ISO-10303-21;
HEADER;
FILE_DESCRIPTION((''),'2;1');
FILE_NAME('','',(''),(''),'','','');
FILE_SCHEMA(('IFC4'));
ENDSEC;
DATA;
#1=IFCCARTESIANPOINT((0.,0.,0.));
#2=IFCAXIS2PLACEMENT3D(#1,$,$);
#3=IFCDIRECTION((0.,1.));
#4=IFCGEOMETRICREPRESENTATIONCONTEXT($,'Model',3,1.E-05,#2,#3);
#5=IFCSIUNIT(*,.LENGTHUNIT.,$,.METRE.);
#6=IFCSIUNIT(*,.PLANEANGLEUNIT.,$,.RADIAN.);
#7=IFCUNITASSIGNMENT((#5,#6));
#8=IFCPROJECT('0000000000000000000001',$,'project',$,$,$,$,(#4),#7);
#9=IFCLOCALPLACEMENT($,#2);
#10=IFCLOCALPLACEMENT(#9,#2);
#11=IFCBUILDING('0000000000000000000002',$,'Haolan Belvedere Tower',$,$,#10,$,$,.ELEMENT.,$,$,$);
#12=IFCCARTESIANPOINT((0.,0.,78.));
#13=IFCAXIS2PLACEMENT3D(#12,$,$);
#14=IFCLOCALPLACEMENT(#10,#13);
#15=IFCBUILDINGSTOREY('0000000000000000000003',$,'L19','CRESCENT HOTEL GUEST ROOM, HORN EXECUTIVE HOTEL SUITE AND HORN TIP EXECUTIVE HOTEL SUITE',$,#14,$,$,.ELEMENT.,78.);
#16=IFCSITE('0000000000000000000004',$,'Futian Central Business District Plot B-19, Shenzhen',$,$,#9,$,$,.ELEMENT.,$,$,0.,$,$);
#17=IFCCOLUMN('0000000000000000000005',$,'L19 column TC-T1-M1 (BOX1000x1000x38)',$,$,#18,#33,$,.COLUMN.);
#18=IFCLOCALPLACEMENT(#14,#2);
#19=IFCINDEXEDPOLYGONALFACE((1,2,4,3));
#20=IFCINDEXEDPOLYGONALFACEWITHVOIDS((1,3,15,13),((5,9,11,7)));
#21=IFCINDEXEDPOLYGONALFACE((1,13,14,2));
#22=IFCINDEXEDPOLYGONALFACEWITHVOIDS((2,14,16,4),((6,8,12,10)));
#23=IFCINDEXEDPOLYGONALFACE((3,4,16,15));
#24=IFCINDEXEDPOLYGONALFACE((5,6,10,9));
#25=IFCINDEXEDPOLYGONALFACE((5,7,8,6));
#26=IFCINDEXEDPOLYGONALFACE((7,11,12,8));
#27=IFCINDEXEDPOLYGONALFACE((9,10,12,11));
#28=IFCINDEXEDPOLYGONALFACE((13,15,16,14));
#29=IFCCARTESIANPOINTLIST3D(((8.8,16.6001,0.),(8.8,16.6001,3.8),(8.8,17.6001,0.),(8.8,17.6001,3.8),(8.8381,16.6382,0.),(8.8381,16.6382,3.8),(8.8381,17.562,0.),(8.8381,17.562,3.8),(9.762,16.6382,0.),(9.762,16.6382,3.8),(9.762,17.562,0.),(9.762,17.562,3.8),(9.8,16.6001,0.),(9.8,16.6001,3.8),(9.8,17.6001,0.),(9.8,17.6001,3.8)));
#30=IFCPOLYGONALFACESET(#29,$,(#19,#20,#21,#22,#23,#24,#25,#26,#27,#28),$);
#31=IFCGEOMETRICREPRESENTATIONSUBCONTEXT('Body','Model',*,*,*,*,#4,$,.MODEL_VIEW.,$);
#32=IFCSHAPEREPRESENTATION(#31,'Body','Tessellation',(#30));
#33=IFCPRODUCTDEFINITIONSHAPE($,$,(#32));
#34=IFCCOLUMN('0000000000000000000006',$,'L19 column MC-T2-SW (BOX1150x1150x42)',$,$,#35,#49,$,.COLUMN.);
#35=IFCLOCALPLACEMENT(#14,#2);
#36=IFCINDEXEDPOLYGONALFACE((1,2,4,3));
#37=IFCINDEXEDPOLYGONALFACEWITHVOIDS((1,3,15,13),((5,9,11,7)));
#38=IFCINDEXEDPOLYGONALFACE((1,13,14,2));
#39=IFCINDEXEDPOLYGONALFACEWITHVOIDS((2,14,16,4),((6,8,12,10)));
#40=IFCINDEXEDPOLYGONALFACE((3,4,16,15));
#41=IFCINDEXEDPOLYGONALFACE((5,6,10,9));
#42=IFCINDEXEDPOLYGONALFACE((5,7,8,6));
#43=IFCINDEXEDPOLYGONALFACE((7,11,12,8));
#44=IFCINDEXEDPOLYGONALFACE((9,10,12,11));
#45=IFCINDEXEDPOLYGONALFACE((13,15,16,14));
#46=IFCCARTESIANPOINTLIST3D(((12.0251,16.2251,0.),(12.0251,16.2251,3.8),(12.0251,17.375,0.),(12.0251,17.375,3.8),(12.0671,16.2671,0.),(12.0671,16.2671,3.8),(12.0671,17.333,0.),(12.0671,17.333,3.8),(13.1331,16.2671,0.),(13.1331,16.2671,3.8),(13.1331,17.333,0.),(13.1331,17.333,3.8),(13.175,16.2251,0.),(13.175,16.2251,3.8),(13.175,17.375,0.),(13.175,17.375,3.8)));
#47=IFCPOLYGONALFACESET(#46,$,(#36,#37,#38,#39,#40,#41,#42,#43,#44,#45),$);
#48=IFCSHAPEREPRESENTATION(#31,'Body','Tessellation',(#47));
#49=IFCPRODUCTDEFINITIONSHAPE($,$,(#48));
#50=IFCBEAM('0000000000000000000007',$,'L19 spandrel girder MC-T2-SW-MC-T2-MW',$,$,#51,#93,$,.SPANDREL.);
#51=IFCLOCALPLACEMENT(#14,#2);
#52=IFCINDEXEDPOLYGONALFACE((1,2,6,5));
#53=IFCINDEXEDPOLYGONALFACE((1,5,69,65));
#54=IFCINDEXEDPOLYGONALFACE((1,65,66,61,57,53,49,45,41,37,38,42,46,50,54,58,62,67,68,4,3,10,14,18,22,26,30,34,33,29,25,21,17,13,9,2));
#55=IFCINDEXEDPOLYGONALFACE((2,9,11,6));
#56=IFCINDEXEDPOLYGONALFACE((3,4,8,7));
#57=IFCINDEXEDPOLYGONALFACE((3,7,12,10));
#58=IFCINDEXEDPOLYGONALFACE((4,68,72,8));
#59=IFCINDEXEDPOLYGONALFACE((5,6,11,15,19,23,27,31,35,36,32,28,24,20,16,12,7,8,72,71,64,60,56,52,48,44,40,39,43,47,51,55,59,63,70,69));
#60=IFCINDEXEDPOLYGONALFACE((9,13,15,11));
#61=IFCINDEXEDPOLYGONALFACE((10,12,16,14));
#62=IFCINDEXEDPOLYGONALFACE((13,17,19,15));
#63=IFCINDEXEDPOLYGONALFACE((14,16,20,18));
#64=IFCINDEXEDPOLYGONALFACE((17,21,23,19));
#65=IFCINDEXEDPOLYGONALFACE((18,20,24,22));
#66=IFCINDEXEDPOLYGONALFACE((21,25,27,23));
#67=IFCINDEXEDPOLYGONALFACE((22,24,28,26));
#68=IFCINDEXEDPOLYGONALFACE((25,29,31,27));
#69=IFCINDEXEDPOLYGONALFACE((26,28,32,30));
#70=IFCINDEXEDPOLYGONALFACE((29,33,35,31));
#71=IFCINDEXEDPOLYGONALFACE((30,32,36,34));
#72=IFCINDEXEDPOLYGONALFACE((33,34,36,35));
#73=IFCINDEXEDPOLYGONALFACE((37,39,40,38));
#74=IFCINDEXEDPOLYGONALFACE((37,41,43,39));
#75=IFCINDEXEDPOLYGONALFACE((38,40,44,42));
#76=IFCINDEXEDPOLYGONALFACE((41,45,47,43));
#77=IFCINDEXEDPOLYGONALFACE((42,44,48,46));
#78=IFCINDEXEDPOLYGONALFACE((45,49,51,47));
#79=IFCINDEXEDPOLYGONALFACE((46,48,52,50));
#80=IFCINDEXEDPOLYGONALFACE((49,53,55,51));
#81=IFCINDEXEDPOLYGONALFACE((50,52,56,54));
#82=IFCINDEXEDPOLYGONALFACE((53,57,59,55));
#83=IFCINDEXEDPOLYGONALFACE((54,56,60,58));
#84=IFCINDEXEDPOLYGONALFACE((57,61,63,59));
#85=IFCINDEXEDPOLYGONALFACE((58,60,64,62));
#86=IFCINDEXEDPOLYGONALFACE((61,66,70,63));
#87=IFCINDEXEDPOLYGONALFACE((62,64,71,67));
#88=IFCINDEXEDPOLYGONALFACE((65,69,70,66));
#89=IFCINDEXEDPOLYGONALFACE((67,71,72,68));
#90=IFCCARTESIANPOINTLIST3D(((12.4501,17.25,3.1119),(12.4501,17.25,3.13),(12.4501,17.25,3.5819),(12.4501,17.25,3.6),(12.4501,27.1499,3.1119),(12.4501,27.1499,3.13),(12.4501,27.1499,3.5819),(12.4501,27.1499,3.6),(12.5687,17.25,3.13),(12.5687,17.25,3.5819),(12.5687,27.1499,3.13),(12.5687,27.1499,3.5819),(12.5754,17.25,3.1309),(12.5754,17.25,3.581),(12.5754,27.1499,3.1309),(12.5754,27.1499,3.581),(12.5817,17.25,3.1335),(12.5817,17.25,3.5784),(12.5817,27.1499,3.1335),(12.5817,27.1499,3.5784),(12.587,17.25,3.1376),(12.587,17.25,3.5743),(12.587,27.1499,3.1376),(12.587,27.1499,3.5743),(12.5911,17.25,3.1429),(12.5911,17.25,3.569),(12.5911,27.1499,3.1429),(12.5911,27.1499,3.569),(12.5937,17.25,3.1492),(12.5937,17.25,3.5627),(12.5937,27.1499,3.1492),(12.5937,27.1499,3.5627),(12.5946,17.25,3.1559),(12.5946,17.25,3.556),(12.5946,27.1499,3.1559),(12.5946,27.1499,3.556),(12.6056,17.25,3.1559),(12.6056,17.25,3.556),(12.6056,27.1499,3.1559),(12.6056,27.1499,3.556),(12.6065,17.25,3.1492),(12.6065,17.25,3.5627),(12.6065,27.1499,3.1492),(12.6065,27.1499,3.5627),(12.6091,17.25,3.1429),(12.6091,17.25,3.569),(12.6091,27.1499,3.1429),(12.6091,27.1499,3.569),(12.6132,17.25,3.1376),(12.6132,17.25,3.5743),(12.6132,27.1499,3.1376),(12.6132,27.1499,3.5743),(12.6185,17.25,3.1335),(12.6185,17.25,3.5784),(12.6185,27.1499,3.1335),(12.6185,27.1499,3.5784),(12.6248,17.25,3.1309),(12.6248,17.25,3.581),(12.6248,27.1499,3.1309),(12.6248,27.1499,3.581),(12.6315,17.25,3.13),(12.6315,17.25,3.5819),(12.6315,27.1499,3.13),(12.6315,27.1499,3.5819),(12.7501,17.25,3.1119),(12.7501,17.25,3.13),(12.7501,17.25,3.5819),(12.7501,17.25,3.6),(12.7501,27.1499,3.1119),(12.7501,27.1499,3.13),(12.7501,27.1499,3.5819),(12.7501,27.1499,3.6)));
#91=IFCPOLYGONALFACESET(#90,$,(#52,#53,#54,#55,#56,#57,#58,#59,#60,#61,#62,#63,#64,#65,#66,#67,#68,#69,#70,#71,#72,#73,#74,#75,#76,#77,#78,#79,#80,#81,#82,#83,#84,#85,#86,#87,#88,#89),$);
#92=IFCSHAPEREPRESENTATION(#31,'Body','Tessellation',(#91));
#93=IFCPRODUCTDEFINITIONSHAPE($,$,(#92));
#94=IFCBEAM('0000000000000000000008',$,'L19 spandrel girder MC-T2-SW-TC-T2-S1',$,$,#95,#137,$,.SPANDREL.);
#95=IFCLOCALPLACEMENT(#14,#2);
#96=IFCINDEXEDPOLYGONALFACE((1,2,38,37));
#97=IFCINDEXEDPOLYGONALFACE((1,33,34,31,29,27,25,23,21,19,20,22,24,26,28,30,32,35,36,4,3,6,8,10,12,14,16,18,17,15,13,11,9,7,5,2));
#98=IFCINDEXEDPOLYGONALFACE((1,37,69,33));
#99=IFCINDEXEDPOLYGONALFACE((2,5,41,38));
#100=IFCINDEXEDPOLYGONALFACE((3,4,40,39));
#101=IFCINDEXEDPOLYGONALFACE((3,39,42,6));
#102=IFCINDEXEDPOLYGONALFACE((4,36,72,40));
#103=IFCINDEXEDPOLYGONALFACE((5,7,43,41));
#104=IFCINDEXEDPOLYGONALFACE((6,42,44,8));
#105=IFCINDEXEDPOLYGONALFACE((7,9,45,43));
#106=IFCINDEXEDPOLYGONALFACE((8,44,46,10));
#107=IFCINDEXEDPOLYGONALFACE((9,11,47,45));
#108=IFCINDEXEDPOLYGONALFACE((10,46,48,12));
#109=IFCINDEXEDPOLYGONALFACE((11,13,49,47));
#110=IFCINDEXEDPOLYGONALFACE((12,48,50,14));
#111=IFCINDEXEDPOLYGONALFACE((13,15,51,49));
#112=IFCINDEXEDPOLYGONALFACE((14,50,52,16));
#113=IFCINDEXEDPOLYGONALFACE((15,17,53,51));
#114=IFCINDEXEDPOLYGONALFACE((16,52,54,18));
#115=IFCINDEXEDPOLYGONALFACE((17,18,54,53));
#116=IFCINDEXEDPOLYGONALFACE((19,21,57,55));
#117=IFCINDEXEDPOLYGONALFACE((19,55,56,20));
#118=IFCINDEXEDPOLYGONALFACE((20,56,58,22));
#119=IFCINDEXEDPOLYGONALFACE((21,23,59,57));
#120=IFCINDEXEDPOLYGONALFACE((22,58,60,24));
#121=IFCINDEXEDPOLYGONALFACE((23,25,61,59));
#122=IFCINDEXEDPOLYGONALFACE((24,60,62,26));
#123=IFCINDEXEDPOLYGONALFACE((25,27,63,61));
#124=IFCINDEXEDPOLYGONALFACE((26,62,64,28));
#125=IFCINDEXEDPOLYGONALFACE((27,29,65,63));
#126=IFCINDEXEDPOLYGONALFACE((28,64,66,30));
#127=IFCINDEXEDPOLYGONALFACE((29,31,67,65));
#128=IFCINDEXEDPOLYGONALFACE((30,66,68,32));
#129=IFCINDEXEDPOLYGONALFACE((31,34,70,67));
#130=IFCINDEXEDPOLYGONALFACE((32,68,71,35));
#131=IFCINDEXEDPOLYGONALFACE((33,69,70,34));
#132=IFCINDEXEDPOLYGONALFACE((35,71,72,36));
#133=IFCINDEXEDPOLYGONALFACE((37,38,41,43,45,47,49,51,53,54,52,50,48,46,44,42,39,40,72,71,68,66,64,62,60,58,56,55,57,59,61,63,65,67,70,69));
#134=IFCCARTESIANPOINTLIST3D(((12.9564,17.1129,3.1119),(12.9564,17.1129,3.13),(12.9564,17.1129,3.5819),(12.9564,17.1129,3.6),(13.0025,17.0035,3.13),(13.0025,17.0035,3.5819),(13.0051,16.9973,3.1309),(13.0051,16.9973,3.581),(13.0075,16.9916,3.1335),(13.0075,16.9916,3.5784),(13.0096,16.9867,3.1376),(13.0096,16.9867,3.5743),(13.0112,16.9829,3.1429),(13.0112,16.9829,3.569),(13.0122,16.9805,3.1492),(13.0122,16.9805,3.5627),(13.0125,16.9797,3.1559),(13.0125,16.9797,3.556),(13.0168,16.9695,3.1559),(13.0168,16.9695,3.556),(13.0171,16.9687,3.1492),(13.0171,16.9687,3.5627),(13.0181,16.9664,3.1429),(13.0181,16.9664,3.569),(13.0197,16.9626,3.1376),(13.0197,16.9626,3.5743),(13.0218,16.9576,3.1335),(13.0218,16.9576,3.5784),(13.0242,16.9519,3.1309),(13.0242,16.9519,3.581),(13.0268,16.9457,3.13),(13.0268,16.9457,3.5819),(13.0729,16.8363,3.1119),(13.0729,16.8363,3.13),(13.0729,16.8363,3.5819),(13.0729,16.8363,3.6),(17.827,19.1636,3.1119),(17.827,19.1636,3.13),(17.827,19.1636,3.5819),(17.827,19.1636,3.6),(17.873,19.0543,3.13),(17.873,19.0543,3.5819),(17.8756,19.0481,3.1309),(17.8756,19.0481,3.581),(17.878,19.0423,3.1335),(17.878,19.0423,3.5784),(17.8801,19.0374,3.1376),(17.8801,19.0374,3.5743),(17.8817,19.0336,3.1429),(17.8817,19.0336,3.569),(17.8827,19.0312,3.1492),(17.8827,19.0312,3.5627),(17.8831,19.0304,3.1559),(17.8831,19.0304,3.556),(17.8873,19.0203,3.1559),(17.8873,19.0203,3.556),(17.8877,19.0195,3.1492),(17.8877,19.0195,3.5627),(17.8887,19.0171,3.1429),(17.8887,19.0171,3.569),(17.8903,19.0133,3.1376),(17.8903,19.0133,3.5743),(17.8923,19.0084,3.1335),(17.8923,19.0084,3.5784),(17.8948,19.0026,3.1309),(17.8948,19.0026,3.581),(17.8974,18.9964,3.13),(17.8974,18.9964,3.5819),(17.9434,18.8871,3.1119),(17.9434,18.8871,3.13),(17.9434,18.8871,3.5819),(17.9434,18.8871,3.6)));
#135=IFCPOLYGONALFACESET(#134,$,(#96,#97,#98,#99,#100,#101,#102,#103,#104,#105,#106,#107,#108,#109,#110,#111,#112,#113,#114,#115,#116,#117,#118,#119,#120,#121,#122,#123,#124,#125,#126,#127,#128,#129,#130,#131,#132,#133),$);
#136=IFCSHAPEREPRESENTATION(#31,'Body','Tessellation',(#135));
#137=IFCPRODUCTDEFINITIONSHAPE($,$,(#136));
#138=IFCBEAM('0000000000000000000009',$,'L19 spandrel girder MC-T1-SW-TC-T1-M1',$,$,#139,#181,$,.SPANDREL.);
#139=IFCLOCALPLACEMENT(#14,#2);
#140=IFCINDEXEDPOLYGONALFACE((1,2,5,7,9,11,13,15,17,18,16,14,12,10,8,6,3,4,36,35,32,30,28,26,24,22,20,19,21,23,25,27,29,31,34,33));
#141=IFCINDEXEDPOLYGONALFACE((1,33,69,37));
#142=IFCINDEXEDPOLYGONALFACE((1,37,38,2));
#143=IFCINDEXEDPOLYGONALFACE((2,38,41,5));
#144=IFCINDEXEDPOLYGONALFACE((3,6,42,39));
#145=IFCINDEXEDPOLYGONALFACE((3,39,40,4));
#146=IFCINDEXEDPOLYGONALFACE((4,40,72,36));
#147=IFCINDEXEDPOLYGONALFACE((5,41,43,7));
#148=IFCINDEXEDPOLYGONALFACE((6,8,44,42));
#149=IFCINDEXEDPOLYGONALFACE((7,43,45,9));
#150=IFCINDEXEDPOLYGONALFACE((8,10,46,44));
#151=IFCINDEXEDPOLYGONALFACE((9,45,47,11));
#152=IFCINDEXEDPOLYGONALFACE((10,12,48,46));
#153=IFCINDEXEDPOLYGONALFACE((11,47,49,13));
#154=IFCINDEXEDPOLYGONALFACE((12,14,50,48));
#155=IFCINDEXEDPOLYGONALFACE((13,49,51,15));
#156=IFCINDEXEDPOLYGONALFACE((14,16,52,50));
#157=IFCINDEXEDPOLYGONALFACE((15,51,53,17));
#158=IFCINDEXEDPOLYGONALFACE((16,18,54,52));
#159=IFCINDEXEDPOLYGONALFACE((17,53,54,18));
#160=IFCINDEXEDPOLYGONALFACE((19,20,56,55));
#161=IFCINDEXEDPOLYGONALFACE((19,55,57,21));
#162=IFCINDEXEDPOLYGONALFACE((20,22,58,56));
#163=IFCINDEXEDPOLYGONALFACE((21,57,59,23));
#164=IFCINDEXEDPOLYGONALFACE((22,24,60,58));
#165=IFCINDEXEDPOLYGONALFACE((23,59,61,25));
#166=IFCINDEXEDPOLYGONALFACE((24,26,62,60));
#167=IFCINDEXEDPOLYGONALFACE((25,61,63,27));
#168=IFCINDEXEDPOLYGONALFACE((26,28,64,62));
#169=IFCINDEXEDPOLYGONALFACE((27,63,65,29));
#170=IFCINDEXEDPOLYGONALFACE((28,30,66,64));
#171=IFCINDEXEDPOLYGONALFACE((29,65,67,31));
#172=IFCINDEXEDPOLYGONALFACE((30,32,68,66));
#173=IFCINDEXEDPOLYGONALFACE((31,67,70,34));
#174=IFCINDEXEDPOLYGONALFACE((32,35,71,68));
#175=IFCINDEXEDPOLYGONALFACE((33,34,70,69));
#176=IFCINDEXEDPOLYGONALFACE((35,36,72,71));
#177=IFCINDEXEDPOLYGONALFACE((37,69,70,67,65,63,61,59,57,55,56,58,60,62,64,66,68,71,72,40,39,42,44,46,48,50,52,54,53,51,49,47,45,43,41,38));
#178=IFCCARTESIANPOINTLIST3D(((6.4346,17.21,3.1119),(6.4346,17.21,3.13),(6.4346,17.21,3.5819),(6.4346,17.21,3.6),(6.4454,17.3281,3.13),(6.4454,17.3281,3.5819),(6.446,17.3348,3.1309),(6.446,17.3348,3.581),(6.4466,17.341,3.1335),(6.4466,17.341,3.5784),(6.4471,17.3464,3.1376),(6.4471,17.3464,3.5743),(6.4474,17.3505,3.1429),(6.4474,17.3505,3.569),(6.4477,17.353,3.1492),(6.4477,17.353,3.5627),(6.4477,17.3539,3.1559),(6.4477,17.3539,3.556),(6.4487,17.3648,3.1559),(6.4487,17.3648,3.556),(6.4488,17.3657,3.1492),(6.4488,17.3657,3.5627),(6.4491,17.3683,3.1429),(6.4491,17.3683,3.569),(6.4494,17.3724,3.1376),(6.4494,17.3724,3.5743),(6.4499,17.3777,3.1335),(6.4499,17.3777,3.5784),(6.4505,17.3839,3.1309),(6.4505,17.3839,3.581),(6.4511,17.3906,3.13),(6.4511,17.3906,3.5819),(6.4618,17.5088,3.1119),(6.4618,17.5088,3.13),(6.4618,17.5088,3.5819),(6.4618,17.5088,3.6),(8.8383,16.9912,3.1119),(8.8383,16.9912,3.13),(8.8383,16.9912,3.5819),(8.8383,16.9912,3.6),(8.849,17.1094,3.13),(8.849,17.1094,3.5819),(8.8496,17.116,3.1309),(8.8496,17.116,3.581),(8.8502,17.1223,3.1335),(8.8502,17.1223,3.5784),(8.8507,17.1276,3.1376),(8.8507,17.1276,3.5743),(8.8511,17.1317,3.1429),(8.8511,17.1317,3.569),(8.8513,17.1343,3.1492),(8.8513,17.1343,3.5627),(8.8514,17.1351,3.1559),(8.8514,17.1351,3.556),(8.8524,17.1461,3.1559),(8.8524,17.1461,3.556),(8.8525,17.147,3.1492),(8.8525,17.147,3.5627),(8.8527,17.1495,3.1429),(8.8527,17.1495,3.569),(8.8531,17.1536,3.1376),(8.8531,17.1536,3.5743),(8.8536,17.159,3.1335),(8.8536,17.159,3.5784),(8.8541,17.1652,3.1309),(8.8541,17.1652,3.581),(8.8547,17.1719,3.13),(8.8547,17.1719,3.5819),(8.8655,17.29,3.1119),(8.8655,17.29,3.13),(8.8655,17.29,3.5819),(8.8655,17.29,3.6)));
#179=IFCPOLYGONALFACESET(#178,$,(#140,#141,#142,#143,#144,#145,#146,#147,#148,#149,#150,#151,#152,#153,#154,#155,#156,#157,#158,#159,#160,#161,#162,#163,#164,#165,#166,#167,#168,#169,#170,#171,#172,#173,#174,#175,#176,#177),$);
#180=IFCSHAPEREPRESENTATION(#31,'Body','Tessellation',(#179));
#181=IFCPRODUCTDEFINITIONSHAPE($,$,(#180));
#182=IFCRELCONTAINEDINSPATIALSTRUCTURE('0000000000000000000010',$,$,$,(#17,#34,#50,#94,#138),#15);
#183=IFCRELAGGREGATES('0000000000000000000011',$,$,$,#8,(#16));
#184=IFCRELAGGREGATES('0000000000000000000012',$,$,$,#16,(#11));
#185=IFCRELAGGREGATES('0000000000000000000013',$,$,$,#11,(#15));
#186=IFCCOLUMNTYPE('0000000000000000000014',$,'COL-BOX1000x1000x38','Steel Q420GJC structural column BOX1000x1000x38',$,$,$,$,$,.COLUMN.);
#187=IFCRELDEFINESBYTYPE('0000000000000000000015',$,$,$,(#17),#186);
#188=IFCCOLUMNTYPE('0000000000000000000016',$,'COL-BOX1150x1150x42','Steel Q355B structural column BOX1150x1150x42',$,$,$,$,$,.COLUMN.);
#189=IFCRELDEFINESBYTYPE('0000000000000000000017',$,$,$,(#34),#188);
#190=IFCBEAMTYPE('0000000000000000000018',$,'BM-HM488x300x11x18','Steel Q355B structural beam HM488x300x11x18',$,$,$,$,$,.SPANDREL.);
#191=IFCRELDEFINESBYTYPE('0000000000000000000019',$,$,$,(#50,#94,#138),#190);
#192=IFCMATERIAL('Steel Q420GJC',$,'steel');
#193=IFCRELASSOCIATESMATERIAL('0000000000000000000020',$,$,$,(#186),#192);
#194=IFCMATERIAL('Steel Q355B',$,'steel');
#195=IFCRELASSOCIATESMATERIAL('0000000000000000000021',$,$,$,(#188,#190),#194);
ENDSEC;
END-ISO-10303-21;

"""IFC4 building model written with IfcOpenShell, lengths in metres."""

from ifc_helpers import new_model, si_unit, direction, frame, origin, origin_2d, place, context, subcontext, project, spatial, hollow_rectangle, i_section, extrude, material, material_profile, profile_set, type_object, element, save


model = new_model("IFC4")

# Units and contexts
model_context = context("Model", 3, precision=1e-05, world=origin(), true_north=direction((0.0, 1.0)))
body_context = subcontext(model_context, "Body", "Model", "MODEL_VIEW")
ifc_project = project(units=[si_unit("LENGTHUNIT", "METRE"), si_unit("PLANEANGLEUNIT", "RADIAN")], contexts=[model_context])

# Site, building, storey
site_placement = place(None, origin())
site = spatial("IfcSite", under=ifc_project, at=site_placement, Name="Futian Central Business District Plot B-19, Shenzhen", CompositionType="ELEMENT", RefElevation=0.0)
building_placement = place(site_placement, origin())
building = spatial("IfcBuilding", under=site, at=building_placement, Name="Haolan Belvedere Tower", CompositionType="ELEMENT")
storey_placement = place(building_placement, frame((0.0, 0.0, 78.0)))
storey = spatial("IfcBuildingStorey", under=building, at=storey_placement, Name="L19", Description="CRESCENT HOTEL GUEST ROOM, HORN EXECUTIVE HOTEL SUITE AND HORN TIP EXECUTIVE HOTEL SUITE", CompositionType="ELEMENT", Elevation=78.0)

# Columns
ifc_material_1 = material(Name="Steel Q420GJC", Category="steel")
ifc_material_profile_1 = material_profile(ifc_material_1, hollow_rectangle(XDim=1.0, YDim=1.0, WallThickness=0.0381, at=origin_2d()), Name="Steel Q420GJC")
ifc_profile_set_1 = profile_set([ifc_material_profile_1], Name="Steel Q420GJC")
column_type_1 = type_object("IfcColumnType", Name="COL-BOX1000x1000x38", Description="Steel Q420GJC structural column BOX1000x1000x38", PredefinedType="COLUMN", material=ifc_profile_set_1)
column_1_placement = place(storey_placement, frame((9.3, 17.1001, 0.0), z_axis=(0.0, 0.0, 1.0), x_axis=(1.0, 0.0, 0.0)))
element("IfcColumn", 1, at=column_1_placement, inside=storey, type_object=column_type_1, Name="L19 column TC-T1-M1 (BOX1000x1000x38)", PredefinedType="COLUMN", context=body_context, shape_type="SweptSolid", body=[
    extrude(hollow_rectangle(XDim=1.0, YDim=1.0, WallThickness=0.0381, at=origin_2d()), origin(), (0.0, 0.0, 1.0), 3.8),
])
ifc_material_2 = material(Name="Steel Q355B", Category="steel")
ifc_material_profile_2 = material_profile(ifc_material_2, hollow_rectangle(XDim=1.1499, YDim=1.1499, WallThickness=0.042, at=origin_2d()), Name="Steel Q355B")
ifc_profile_set_2 = profile_set([ifc_material_profile_2], Name="Steel Q355B")
column_type_2 = type_object("IfcColumnType", Name="COL-BOX1150x1150x42", Description="Steel Q355B structural column BOX1150x1150x42", PredefinedType="COLUMN", material=ifc_profile_set_2)
column_2_placement = place(storey_placement, frame((12.6001, 16.8, 0.0), z_axis=(0.0, 0.0, 1.0), x_axis=(1.0, 0.0, 0.0)))
element("IfcColumn", 2, at=column_2_placement, inside=storey, type_object=column_type_2, Name="L19 column MC-T2-SW (BOX1150x1150x42)", PredefinedType="COLUMN", context=body_context, shape_type="SweptSolid", body=[
    extrude(hollow_rectangle(XDim=1.1499, YDim=1.1499, WallThickness=0.042, at=origin_2d()), origin(), (0.0, 0.0, 1.0), 3.8),
])

# Beams
ifc_material_profile_3 = material_profile(ifc_material_2, i_section(OverallWidth=0.3, OverallDepth=0.488, WebThickness=0.011, FlangeThickness=0.0181, FilletRadius=0.0259, at=origin_2d()), Name="Steel Q355B")
ifc_profile_set_3 = profile_set([ifc_material_profile_3], Name="Steel Q355B")
beam_type = type_object("IfcBeamType", Name="BM-HM488x300x11x18", Description="Steel Q355B structural beam HM488x300x11x18", PredefinedType="SPANDREL", material=ifc_profile_set_3)
beam_1_placement = place(storey_placement, frame((12.6001, 17.25, 3.356), z_axis=(0.0, 1.0, 0.0), x_axis=(-1.0, 0.0, 0.0)))
element("IfcBeam", 3, at=beam_1_placement, inside=storey, type_object=beam_type, Name="L19 spandrel girder MC-T2-SW-MC-T2-MW", PredefinedType="SPANDREL", context=body_context, shape_type="SweptSolid", body=[
    extrude(i_section(OverallWidth=0.3, OverallDepth=0.488, WebThickness=0.011, FlangeThickness=0.0181, FilletRadius=0.0259, at=origin_2d()), origin(), (0.0, 0.0, 1.0), 9.8999),
])
beam_2_placement = place(storey_placement, frame((13.0146, 16.9746, 3.356), z_axis=(0.921635, 0.388057, 0.0), x_axis=(-0.388057, 0.921635, 0.0)))
element("IfcBeam", 4, at=beam_2_placement, inside=storey, type_object=beam_type, Name="L19 spandrel girder MC-T2-SW-TC-T2-S1", PredefinedType="SPANDREL", context=body_context, shape_type="SweptSolid", body=[
    extrude(i_section(OverallWidth=0.3, OverallDepth=0.488, WebThickness=0.011, FlangeThickness=0.0181, FilletRadius=0.0259, at=origin_2d()), origin(), (0.0, 0.0, 1.0), 5.2847),
])
beam_3_placement = place(storey_placement, frame((6.4482, 17.3594, 3.356), z_axis=(0.995884, -0.090636, 0.0), x_axis=(0.090636, 0.995884, 0.0)))
element("IfcBeam", 5, at=beam_3_placement, inside=storey, type_object=beam_type, Name="L19 spandrel girder MC-T1-SW-TC-T1-M1", PredefinedType="SPANDREL", context=body_context, shape_type="SweptSolid", body=[
    extrude(i_section(OverallWidth=0.3, OverallDepth=0.488, WebThickness=0.011, FlangeThickness=0.0181, FilletRadius=0.0259, at=origin_2d()), origin(), (0.0, 0.0, 1.0), 2.4136),
])

save(model, "model.ifc")
